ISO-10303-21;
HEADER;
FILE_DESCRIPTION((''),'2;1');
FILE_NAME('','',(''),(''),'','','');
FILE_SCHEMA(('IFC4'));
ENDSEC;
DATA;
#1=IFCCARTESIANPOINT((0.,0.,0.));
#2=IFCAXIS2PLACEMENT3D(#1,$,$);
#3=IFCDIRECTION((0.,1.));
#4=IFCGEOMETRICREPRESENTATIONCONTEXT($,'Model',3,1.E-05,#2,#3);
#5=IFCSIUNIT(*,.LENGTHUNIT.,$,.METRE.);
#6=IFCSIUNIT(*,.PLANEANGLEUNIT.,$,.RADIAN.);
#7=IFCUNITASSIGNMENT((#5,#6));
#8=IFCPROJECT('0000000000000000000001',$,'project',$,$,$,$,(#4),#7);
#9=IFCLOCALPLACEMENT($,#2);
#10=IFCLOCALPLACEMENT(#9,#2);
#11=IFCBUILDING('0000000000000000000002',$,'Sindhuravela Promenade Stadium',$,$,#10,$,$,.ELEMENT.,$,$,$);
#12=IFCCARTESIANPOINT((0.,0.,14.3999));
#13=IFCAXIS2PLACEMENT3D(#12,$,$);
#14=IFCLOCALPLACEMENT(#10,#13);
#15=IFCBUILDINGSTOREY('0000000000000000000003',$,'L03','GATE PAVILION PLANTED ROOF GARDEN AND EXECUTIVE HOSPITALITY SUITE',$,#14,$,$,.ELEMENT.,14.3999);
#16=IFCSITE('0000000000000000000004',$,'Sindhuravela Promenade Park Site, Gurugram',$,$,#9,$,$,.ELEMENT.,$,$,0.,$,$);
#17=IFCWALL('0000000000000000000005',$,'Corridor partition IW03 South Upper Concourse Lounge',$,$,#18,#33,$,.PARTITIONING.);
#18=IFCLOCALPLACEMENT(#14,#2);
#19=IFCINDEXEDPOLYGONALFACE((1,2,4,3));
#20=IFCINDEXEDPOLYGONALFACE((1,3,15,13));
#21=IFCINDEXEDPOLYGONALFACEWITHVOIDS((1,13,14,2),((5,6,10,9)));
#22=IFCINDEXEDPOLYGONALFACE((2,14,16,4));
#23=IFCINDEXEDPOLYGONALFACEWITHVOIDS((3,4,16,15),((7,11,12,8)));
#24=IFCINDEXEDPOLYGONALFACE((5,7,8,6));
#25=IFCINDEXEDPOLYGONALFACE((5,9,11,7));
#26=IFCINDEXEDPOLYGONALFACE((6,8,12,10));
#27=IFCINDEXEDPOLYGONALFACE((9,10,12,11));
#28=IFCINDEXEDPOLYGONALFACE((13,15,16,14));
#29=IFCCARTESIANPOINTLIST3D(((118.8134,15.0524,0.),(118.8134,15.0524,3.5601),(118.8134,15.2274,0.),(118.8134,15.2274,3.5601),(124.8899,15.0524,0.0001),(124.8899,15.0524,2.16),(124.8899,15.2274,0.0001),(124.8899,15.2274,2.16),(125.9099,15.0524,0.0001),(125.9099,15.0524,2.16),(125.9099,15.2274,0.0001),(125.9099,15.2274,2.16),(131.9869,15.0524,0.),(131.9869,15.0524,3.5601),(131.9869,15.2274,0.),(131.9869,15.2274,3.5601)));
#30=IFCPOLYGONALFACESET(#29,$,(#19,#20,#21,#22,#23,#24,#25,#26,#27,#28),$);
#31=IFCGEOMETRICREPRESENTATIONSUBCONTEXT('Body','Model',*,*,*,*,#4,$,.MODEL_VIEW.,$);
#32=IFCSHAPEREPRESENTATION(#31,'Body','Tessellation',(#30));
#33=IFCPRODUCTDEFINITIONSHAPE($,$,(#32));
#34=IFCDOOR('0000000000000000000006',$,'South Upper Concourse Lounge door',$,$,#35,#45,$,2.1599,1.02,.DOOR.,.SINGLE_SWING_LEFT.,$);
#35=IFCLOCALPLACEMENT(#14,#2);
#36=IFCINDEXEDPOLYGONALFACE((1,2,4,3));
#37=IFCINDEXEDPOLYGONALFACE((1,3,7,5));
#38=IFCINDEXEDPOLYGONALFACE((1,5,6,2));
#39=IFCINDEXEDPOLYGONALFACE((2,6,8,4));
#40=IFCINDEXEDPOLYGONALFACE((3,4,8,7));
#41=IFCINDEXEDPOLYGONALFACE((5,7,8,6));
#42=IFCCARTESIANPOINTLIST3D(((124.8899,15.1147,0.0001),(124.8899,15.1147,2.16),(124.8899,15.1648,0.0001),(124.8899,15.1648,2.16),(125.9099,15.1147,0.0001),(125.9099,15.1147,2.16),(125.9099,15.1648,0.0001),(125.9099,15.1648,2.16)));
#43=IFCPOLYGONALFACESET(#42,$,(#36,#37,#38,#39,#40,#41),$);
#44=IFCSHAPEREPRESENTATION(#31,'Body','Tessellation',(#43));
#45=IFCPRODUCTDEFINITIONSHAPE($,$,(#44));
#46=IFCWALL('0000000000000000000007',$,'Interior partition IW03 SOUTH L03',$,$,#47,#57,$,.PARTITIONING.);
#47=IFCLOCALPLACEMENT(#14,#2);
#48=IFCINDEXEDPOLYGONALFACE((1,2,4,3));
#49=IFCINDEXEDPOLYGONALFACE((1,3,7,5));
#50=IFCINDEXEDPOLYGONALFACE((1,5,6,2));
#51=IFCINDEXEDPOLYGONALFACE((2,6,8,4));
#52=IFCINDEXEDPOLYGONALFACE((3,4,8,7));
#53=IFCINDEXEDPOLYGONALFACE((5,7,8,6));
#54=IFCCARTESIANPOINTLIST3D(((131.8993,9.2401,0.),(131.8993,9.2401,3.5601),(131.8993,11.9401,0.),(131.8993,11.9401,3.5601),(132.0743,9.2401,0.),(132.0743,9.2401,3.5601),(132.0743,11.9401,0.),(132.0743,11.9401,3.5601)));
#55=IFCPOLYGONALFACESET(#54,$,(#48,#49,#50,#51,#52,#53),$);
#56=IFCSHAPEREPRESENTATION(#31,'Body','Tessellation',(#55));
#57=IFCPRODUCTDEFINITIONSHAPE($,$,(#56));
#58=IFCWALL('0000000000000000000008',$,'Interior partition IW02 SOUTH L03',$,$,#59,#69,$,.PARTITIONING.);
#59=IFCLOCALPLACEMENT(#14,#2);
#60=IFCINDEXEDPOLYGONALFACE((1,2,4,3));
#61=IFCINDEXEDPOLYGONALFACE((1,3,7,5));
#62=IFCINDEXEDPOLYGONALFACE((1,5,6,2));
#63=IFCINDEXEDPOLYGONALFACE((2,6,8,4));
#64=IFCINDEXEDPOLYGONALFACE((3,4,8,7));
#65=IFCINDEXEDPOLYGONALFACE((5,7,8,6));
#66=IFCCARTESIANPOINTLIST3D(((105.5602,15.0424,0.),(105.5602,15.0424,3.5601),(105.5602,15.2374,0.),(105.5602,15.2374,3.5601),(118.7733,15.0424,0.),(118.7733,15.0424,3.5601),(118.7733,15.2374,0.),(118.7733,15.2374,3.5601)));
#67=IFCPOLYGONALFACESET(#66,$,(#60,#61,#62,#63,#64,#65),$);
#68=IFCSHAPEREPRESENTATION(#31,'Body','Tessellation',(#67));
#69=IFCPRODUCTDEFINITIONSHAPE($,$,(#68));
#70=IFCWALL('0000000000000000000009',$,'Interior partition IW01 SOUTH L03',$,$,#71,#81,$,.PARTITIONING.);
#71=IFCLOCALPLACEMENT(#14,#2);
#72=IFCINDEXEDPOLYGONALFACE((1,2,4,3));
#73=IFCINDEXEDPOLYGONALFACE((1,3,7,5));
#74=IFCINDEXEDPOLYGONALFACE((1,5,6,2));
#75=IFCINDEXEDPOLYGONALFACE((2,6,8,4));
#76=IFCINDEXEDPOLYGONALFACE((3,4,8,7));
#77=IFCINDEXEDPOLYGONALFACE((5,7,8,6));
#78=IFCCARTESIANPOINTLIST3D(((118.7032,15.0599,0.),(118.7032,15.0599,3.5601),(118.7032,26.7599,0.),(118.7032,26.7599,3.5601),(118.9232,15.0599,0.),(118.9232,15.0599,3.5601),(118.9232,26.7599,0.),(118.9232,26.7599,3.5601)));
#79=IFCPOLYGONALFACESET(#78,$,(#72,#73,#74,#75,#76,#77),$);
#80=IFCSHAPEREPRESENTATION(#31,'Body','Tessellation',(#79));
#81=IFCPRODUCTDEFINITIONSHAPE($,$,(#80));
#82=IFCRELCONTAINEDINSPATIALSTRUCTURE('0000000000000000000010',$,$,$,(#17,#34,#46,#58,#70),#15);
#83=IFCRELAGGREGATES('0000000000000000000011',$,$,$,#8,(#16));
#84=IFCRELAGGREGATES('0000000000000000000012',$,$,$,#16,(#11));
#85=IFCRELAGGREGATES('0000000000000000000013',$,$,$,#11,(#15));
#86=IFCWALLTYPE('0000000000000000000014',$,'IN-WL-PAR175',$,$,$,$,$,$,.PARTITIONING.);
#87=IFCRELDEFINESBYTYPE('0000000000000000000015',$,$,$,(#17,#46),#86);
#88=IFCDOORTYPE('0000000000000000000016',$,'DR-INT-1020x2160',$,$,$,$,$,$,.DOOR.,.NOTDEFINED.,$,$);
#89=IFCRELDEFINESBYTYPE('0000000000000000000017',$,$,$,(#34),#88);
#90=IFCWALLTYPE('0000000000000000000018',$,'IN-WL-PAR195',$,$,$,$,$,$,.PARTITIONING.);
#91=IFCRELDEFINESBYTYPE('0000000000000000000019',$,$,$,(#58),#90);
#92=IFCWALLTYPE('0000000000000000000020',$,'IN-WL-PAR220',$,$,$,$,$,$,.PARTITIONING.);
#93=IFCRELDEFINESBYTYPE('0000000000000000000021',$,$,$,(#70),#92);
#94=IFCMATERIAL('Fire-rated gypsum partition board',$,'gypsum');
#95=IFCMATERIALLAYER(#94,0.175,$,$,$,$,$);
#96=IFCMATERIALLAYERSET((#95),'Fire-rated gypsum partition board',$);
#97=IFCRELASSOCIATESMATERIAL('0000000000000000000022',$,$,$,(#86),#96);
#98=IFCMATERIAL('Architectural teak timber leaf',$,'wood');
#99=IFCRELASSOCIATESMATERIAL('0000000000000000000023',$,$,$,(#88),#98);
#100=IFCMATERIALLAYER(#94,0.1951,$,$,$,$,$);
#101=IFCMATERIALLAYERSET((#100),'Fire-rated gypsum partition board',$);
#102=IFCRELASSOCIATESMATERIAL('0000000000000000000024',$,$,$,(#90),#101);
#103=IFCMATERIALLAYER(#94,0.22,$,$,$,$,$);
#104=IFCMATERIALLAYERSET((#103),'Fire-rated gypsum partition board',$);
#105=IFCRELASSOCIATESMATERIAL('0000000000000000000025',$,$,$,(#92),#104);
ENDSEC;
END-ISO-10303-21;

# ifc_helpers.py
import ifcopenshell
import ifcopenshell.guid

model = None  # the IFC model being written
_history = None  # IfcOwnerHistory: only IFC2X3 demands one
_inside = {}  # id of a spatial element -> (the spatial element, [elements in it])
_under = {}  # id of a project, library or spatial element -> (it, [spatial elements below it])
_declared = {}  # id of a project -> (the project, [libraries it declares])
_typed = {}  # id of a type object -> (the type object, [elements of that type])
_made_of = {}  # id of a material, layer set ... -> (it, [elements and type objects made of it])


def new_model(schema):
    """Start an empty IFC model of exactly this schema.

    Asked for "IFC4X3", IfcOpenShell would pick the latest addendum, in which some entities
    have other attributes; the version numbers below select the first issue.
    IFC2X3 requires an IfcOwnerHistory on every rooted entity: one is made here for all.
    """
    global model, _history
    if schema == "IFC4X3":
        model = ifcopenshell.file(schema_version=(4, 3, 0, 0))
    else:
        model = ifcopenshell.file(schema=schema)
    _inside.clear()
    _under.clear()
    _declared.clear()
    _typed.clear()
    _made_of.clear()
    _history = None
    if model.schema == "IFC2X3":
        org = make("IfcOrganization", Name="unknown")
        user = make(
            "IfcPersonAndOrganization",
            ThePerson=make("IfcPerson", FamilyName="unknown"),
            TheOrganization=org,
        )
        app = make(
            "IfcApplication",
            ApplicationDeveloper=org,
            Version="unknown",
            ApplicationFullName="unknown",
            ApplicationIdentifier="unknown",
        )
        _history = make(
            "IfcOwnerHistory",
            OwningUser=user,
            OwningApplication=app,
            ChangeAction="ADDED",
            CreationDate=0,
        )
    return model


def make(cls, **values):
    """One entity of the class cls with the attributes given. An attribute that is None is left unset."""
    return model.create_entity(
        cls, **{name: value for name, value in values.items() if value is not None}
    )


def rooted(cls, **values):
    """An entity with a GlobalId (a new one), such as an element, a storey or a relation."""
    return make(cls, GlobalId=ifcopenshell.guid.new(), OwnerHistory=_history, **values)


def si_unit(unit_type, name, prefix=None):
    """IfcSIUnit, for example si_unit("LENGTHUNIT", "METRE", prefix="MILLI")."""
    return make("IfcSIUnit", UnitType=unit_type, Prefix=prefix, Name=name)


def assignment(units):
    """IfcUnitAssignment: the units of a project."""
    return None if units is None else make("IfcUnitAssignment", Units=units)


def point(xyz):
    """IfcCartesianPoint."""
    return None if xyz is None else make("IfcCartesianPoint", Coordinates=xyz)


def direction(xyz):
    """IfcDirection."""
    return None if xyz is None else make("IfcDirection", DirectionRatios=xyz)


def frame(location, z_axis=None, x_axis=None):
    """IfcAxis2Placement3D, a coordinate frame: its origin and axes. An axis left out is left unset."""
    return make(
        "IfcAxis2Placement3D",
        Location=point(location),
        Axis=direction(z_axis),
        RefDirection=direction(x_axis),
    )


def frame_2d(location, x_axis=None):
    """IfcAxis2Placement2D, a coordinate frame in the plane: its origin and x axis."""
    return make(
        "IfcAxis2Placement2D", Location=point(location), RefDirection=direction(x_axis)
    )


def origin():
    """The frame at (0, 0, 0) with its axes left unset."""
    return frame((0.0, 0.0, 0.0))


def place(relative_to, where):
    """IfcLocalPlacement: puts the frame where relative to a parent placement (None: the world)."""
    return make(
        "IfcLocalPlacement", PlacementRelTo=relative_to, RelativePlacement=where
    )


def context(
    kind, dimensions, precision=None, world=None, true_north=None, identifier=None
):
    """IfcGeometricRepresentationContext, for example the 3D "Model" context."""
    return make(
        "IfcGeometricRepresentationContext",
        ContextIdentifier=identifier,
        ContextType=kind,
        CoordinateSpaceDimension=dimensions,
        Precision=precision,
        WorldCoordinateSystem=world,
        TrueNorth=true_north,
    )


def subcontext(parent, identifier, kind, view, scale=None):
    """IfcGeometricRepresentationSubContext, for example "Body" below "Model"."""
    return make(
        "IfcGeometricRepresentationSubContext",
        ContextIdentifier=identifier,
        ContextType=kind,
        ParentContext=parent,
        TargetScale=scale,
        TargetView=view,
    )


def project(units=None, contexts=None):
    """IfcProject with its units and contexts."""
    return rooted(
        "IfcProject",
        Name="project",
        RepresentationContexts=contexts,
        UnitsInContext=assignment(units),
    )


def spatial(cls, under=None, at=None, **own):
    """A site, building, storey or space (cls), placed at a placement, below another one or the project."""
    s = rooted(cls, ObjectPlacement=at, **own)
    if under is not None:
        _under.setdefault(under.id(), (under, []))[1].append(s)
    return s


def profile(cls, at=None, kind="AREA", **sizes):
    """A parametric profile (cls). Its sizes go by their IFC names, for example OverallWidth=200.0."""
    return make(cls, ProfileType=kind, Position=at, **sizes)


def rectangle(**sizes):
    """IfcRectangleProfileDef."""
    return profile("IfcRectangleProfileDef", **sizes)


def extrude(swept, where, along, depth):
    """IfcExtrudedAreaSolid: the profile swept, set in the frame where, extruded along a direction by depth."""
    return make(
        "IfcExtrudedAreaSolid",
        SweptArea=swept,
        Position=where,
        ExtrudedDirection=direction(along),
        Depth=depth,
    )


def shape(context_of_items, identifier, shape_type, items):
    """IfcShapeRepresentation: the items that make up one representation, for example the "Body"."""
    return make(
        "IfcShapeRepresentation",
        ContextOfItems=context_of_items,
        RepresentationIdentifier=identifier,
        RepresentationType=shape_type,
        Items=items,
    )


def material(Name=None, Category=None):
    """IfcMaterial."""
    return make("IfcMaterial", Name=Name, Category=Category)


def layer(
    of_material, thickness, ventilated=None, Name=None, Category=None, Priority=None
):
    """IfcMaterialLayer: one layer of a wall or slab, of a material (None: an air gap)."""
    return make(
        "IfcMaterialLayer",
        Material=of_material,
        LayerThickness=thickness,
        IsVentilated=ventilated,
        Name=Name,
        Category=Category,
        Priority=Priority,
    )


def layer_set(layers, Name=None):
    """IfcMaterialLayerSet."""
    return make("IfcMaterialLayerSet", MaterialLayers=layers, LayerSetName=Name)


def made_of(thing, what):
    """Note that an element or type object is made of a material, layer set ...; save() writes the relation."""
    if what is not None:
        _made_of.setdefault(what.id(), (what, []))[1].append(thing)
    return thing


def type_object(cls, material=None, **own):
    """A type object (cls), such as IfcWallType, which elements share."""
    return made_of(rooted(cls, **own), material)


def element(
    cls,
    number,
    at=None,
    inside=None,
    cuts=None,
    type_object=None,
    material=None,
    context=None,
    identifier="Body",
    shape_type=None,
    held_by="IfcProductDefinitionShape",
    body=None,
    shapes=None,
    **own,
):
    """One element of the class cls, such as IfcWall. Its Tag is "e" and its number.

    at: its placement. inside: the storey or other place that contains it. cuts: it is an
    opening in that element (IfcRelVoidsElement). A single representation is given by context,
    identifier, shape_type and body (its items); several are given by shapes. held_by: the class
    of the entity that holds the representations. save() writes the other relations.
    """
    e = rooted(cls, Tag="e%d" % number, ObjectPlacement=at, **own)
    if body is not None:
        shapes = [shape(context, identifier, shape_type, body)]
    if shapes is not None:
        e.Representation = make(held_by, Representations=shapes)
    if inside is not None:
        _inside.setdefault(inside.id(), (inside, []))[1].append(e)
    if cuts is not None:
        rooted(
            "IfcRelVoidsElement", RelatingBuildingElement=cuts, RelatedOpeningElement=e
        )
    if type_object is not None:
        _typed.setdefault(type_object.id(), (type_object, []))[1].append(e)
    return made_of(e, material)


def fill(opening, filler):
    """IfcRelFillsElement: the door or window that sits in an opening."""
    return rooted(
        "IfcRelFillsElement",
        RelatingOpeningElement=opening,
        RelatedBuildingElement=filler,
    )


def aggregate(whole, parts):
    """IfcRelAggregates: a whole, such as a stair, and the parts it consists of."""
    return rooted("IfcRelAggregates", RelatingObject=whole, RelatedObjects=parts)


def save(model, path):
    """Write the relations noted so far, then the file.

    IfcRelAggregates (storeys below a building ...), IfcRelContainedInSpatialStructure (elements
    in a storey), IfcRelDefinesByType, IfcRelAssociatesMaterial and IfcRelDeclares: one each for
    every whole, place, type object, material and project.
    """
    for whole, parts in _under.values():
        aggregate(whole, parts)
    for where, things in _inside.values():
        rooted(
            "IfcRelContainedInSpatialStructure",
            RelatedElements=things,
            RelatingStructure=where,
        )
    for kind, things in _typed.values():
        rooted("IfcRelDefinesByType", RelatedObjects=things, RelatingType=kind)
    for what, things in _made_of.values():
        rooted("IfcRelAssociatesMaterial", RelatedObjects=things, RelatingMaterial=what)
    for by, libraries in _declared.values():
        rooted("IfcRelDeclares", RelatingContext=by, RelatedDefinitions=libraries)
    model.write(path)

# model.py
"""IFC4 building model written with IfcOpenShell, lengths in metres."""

from ifc_helpers import new_model, si_unit, direction, frame, frame_2d, origin, place, context, subcontext, project, spatial, rectangle, extrude, material, layer, layer_set, type_object, element, fill, save


model = new_model("IFC4")

# Units and contexts
model_context = context("Model", 3, precision=1e-05, world=origin(), true_north=direction((0.0, 1.0)))
body_context = subcontext(model_context, "Body", "Model", "MODEL_VIEW")
ifc_project = project(units=[si_unit("LENGTHUNIT", "METRE"), si_unit("PLANEANGLEUNIT", "RADIAN")], contexts=[model_context])

# Site, building, storey
site_placement = place(None, origin())
site = spatial("IfcSite", under=ifc_project, at=site_placement, Name="Sindhuravela Promenade Park Site, Gurugram", CompositionType="ELEMENT", RefElevation=0.0)
building_placement = place(site_placement, origin())
building = spatial("IfcBuilding", under=site, at=building_placement, Name="Sindhuravela Promenade Stadium", CompositionType="ELEMENT")
storey_placement = place(building_placement, frame((0.0, 0.0, 14.3999)))
storey = spatial("IfcBuildingStorey", under=building, at=storey_placement, Name="L03", Description="GATE PAVILION PLANTED ROOF GARDEN AND EXECUTIVE HOSPITALITY SUITE", CompositionType="ELEMENT", Elevation=14.3999)

# Shared definitions
ifc_material_1 = material(Name="Fire-rated gypsum partition board", Category="gypsum")

# Wall, opening, door
ifc_material_2 = material(Name="Architectural teak timber leaf", Category="wood")
ifc_layer_1 = layer(ifc_material_1, 0.175)
ifc_layer_set_1 = layer_set([ifc_layer_1], Name="Fire-rated gypsum partition board")
wall_type_1 = type_object("IfcWallType", Name="IN-WL-PAR175", PredefinedType="PARTITIONING", material=ifc_layer_set_1)
wall_1_placement = place(storey_placement, frame((118.8132, 15.1399, 0.0), z_axis=(0.0, 0.0, 1.0), x_axis=(1.0, 0.0, 0.0)))
wall_1 = element("IfcWall", 1, at=wall_1_placement, inside=storey, type_object=wall_type_1, Name="Corridor partition IW03 South Upper Concourse Lounge", PredefinedType="PARTITIONING", context=body_context, shape_type="SweptSolid", body=[
    extrude(rectangle(XDim=13.1736, YDim=0.175, at=frame_2d((6.5869, 0.0))), origin(), (0.0, 0.0, 1.0), 3.5601),
])
opening_1_placement = place(wall_1_placement, frame((6.0767, 0.0, 0.0)))
opening_1 = element("IfcOpeningElement", 2, at=opening_1_placement, cuts=wall_1, PredefinedType="OPENING", context=body_context, shape_type="SweptSolid", body=[
    extrude(rectangle(XDim=1.02, YDim=2.1599, at=frame_2d((0.51, 1.0801))), frame((0.0, 0.0974, 0.0), z_axis=(0.0, -1.0, 0.0), x_axis=(1.0, 0.0, 0.0)), (0.0, 0.0, 1.0), 0.1951),
])
door_type_1 = type_object("IfcDoorType", Name="DR-INT-1020x2160", OperationType="NOTDEFINED", PredefinedType="DOOR", material=ifc_material_2)
door_1_placement = place(opening_1_placement, origin())
door_1 = element("IfcDoor", 3, at=door_1_placement, inside=storey, type_object=door_type_1, Name="South Upper Concourse Lounge door", OperationType="SINGLE_SWING_LEFT", OverallHeight=2.1599, OverallWidth=1.02, PredefinedType="DOOR", context=body_context, shape_type="SweptSolid", body=[
    extrude(rectangle(XDim=1.02, YDim=2.1599, at=frame_2d((0.51, 1.0801))), frame((0.0, 0.0249, 0.0), z_axis=(0.0, -1.0, 0.0), x_axis=(1.0, 0.0, 0.0)), (0.0, 0.0, 1.0), 0.05),
])
fill(opening_1, door_1)

# Walls
wall_2_placement = place(storey_placement, frame((131.9868, 9.24, 0.0), z_axis=(0.0, 0.0, 1.0), x_axis=(0.0, 1.0, 0.0)))
element("IfcWall", 4, at=wall_2_placement, inside=storey, type_object=wall_type_1, Name="Interior partition IW03 SOUTH L03", PredefinedType="PARTITIONING", context=body_context, shape_type="SweptSolid", body=[
    extrude(rectangle(XDim=2.7, YDim=0.175, at=frame_2d((1.3501, 0.0))), origin(), (0.0, 0.0, 1.0), 3.5601),
])
ifc_layer_2 = layer(ifc_material_1, 0.1951)
ifc_layer_set_2 = layer_set([ifc_layer_2], Name="Fire-rated gypsum partition board")
wall_type_2 = type_object("IfcWallType", Name="IN-WL-PAR195", PredefinedType="PARTITIONING", material=ifc_layer_set_2)
wall_3_placement = place(storey_placement, frame((118.7732, 15.1399, 0.0), z_axis=(0.0, 0.0, 1.0), x_axis=(-1.0, 0.0, 0.0)))
element("IfcWall", 5, at=wall_3_placement, inside=storey, type_object=wall_type_2, Name="Interior partition IW02 SOUTH L03", PredefinedType="PARTITIONING", context=body_context, shape_type="SweptSolid", body=[
    extrude(rectangle(XDim=13.2131, YDim=0.1951, at=frame_2d((6.6064, 0.0))), origin(), (0.0, 0.0, 1.0), 3.5601),
])
ifc_layer_3 = layer(ifc_material_1, 0.22)
ifc_layer_set_3 = layer_set([ifc_layer_3], Name="Fire-rated gypsum partition board")
wall_type_3 = type_object("IfcWallType", Name="IN-WL-PAR220", PredefinedType="PARTITIONING", material=ifc_layer_set_3)
wall_4_placement = place(storey_placement, frame((118.8132, 26.76, 0.0), z_axis=(0.0, 0.0, 1.0), x_axis=(0.0, -1.0, 0.0)))
element("IfcWall", 6, at=wall_4_placement, inside=storey, type_object=wall_type_3, Name="Interior partition IW01 SOUTH L03", PredefinedType="PARTITIONING", context=body_context, shape_type="SweptSolid", body=[
    extrude(rectangle(XDim=11.7, YDim=0.22, at=frame_2d((5.8501, 0.0))), origin(), (0.0, 0.0, 1.0), 3.5601),
])

save(model, "model.ifc")
